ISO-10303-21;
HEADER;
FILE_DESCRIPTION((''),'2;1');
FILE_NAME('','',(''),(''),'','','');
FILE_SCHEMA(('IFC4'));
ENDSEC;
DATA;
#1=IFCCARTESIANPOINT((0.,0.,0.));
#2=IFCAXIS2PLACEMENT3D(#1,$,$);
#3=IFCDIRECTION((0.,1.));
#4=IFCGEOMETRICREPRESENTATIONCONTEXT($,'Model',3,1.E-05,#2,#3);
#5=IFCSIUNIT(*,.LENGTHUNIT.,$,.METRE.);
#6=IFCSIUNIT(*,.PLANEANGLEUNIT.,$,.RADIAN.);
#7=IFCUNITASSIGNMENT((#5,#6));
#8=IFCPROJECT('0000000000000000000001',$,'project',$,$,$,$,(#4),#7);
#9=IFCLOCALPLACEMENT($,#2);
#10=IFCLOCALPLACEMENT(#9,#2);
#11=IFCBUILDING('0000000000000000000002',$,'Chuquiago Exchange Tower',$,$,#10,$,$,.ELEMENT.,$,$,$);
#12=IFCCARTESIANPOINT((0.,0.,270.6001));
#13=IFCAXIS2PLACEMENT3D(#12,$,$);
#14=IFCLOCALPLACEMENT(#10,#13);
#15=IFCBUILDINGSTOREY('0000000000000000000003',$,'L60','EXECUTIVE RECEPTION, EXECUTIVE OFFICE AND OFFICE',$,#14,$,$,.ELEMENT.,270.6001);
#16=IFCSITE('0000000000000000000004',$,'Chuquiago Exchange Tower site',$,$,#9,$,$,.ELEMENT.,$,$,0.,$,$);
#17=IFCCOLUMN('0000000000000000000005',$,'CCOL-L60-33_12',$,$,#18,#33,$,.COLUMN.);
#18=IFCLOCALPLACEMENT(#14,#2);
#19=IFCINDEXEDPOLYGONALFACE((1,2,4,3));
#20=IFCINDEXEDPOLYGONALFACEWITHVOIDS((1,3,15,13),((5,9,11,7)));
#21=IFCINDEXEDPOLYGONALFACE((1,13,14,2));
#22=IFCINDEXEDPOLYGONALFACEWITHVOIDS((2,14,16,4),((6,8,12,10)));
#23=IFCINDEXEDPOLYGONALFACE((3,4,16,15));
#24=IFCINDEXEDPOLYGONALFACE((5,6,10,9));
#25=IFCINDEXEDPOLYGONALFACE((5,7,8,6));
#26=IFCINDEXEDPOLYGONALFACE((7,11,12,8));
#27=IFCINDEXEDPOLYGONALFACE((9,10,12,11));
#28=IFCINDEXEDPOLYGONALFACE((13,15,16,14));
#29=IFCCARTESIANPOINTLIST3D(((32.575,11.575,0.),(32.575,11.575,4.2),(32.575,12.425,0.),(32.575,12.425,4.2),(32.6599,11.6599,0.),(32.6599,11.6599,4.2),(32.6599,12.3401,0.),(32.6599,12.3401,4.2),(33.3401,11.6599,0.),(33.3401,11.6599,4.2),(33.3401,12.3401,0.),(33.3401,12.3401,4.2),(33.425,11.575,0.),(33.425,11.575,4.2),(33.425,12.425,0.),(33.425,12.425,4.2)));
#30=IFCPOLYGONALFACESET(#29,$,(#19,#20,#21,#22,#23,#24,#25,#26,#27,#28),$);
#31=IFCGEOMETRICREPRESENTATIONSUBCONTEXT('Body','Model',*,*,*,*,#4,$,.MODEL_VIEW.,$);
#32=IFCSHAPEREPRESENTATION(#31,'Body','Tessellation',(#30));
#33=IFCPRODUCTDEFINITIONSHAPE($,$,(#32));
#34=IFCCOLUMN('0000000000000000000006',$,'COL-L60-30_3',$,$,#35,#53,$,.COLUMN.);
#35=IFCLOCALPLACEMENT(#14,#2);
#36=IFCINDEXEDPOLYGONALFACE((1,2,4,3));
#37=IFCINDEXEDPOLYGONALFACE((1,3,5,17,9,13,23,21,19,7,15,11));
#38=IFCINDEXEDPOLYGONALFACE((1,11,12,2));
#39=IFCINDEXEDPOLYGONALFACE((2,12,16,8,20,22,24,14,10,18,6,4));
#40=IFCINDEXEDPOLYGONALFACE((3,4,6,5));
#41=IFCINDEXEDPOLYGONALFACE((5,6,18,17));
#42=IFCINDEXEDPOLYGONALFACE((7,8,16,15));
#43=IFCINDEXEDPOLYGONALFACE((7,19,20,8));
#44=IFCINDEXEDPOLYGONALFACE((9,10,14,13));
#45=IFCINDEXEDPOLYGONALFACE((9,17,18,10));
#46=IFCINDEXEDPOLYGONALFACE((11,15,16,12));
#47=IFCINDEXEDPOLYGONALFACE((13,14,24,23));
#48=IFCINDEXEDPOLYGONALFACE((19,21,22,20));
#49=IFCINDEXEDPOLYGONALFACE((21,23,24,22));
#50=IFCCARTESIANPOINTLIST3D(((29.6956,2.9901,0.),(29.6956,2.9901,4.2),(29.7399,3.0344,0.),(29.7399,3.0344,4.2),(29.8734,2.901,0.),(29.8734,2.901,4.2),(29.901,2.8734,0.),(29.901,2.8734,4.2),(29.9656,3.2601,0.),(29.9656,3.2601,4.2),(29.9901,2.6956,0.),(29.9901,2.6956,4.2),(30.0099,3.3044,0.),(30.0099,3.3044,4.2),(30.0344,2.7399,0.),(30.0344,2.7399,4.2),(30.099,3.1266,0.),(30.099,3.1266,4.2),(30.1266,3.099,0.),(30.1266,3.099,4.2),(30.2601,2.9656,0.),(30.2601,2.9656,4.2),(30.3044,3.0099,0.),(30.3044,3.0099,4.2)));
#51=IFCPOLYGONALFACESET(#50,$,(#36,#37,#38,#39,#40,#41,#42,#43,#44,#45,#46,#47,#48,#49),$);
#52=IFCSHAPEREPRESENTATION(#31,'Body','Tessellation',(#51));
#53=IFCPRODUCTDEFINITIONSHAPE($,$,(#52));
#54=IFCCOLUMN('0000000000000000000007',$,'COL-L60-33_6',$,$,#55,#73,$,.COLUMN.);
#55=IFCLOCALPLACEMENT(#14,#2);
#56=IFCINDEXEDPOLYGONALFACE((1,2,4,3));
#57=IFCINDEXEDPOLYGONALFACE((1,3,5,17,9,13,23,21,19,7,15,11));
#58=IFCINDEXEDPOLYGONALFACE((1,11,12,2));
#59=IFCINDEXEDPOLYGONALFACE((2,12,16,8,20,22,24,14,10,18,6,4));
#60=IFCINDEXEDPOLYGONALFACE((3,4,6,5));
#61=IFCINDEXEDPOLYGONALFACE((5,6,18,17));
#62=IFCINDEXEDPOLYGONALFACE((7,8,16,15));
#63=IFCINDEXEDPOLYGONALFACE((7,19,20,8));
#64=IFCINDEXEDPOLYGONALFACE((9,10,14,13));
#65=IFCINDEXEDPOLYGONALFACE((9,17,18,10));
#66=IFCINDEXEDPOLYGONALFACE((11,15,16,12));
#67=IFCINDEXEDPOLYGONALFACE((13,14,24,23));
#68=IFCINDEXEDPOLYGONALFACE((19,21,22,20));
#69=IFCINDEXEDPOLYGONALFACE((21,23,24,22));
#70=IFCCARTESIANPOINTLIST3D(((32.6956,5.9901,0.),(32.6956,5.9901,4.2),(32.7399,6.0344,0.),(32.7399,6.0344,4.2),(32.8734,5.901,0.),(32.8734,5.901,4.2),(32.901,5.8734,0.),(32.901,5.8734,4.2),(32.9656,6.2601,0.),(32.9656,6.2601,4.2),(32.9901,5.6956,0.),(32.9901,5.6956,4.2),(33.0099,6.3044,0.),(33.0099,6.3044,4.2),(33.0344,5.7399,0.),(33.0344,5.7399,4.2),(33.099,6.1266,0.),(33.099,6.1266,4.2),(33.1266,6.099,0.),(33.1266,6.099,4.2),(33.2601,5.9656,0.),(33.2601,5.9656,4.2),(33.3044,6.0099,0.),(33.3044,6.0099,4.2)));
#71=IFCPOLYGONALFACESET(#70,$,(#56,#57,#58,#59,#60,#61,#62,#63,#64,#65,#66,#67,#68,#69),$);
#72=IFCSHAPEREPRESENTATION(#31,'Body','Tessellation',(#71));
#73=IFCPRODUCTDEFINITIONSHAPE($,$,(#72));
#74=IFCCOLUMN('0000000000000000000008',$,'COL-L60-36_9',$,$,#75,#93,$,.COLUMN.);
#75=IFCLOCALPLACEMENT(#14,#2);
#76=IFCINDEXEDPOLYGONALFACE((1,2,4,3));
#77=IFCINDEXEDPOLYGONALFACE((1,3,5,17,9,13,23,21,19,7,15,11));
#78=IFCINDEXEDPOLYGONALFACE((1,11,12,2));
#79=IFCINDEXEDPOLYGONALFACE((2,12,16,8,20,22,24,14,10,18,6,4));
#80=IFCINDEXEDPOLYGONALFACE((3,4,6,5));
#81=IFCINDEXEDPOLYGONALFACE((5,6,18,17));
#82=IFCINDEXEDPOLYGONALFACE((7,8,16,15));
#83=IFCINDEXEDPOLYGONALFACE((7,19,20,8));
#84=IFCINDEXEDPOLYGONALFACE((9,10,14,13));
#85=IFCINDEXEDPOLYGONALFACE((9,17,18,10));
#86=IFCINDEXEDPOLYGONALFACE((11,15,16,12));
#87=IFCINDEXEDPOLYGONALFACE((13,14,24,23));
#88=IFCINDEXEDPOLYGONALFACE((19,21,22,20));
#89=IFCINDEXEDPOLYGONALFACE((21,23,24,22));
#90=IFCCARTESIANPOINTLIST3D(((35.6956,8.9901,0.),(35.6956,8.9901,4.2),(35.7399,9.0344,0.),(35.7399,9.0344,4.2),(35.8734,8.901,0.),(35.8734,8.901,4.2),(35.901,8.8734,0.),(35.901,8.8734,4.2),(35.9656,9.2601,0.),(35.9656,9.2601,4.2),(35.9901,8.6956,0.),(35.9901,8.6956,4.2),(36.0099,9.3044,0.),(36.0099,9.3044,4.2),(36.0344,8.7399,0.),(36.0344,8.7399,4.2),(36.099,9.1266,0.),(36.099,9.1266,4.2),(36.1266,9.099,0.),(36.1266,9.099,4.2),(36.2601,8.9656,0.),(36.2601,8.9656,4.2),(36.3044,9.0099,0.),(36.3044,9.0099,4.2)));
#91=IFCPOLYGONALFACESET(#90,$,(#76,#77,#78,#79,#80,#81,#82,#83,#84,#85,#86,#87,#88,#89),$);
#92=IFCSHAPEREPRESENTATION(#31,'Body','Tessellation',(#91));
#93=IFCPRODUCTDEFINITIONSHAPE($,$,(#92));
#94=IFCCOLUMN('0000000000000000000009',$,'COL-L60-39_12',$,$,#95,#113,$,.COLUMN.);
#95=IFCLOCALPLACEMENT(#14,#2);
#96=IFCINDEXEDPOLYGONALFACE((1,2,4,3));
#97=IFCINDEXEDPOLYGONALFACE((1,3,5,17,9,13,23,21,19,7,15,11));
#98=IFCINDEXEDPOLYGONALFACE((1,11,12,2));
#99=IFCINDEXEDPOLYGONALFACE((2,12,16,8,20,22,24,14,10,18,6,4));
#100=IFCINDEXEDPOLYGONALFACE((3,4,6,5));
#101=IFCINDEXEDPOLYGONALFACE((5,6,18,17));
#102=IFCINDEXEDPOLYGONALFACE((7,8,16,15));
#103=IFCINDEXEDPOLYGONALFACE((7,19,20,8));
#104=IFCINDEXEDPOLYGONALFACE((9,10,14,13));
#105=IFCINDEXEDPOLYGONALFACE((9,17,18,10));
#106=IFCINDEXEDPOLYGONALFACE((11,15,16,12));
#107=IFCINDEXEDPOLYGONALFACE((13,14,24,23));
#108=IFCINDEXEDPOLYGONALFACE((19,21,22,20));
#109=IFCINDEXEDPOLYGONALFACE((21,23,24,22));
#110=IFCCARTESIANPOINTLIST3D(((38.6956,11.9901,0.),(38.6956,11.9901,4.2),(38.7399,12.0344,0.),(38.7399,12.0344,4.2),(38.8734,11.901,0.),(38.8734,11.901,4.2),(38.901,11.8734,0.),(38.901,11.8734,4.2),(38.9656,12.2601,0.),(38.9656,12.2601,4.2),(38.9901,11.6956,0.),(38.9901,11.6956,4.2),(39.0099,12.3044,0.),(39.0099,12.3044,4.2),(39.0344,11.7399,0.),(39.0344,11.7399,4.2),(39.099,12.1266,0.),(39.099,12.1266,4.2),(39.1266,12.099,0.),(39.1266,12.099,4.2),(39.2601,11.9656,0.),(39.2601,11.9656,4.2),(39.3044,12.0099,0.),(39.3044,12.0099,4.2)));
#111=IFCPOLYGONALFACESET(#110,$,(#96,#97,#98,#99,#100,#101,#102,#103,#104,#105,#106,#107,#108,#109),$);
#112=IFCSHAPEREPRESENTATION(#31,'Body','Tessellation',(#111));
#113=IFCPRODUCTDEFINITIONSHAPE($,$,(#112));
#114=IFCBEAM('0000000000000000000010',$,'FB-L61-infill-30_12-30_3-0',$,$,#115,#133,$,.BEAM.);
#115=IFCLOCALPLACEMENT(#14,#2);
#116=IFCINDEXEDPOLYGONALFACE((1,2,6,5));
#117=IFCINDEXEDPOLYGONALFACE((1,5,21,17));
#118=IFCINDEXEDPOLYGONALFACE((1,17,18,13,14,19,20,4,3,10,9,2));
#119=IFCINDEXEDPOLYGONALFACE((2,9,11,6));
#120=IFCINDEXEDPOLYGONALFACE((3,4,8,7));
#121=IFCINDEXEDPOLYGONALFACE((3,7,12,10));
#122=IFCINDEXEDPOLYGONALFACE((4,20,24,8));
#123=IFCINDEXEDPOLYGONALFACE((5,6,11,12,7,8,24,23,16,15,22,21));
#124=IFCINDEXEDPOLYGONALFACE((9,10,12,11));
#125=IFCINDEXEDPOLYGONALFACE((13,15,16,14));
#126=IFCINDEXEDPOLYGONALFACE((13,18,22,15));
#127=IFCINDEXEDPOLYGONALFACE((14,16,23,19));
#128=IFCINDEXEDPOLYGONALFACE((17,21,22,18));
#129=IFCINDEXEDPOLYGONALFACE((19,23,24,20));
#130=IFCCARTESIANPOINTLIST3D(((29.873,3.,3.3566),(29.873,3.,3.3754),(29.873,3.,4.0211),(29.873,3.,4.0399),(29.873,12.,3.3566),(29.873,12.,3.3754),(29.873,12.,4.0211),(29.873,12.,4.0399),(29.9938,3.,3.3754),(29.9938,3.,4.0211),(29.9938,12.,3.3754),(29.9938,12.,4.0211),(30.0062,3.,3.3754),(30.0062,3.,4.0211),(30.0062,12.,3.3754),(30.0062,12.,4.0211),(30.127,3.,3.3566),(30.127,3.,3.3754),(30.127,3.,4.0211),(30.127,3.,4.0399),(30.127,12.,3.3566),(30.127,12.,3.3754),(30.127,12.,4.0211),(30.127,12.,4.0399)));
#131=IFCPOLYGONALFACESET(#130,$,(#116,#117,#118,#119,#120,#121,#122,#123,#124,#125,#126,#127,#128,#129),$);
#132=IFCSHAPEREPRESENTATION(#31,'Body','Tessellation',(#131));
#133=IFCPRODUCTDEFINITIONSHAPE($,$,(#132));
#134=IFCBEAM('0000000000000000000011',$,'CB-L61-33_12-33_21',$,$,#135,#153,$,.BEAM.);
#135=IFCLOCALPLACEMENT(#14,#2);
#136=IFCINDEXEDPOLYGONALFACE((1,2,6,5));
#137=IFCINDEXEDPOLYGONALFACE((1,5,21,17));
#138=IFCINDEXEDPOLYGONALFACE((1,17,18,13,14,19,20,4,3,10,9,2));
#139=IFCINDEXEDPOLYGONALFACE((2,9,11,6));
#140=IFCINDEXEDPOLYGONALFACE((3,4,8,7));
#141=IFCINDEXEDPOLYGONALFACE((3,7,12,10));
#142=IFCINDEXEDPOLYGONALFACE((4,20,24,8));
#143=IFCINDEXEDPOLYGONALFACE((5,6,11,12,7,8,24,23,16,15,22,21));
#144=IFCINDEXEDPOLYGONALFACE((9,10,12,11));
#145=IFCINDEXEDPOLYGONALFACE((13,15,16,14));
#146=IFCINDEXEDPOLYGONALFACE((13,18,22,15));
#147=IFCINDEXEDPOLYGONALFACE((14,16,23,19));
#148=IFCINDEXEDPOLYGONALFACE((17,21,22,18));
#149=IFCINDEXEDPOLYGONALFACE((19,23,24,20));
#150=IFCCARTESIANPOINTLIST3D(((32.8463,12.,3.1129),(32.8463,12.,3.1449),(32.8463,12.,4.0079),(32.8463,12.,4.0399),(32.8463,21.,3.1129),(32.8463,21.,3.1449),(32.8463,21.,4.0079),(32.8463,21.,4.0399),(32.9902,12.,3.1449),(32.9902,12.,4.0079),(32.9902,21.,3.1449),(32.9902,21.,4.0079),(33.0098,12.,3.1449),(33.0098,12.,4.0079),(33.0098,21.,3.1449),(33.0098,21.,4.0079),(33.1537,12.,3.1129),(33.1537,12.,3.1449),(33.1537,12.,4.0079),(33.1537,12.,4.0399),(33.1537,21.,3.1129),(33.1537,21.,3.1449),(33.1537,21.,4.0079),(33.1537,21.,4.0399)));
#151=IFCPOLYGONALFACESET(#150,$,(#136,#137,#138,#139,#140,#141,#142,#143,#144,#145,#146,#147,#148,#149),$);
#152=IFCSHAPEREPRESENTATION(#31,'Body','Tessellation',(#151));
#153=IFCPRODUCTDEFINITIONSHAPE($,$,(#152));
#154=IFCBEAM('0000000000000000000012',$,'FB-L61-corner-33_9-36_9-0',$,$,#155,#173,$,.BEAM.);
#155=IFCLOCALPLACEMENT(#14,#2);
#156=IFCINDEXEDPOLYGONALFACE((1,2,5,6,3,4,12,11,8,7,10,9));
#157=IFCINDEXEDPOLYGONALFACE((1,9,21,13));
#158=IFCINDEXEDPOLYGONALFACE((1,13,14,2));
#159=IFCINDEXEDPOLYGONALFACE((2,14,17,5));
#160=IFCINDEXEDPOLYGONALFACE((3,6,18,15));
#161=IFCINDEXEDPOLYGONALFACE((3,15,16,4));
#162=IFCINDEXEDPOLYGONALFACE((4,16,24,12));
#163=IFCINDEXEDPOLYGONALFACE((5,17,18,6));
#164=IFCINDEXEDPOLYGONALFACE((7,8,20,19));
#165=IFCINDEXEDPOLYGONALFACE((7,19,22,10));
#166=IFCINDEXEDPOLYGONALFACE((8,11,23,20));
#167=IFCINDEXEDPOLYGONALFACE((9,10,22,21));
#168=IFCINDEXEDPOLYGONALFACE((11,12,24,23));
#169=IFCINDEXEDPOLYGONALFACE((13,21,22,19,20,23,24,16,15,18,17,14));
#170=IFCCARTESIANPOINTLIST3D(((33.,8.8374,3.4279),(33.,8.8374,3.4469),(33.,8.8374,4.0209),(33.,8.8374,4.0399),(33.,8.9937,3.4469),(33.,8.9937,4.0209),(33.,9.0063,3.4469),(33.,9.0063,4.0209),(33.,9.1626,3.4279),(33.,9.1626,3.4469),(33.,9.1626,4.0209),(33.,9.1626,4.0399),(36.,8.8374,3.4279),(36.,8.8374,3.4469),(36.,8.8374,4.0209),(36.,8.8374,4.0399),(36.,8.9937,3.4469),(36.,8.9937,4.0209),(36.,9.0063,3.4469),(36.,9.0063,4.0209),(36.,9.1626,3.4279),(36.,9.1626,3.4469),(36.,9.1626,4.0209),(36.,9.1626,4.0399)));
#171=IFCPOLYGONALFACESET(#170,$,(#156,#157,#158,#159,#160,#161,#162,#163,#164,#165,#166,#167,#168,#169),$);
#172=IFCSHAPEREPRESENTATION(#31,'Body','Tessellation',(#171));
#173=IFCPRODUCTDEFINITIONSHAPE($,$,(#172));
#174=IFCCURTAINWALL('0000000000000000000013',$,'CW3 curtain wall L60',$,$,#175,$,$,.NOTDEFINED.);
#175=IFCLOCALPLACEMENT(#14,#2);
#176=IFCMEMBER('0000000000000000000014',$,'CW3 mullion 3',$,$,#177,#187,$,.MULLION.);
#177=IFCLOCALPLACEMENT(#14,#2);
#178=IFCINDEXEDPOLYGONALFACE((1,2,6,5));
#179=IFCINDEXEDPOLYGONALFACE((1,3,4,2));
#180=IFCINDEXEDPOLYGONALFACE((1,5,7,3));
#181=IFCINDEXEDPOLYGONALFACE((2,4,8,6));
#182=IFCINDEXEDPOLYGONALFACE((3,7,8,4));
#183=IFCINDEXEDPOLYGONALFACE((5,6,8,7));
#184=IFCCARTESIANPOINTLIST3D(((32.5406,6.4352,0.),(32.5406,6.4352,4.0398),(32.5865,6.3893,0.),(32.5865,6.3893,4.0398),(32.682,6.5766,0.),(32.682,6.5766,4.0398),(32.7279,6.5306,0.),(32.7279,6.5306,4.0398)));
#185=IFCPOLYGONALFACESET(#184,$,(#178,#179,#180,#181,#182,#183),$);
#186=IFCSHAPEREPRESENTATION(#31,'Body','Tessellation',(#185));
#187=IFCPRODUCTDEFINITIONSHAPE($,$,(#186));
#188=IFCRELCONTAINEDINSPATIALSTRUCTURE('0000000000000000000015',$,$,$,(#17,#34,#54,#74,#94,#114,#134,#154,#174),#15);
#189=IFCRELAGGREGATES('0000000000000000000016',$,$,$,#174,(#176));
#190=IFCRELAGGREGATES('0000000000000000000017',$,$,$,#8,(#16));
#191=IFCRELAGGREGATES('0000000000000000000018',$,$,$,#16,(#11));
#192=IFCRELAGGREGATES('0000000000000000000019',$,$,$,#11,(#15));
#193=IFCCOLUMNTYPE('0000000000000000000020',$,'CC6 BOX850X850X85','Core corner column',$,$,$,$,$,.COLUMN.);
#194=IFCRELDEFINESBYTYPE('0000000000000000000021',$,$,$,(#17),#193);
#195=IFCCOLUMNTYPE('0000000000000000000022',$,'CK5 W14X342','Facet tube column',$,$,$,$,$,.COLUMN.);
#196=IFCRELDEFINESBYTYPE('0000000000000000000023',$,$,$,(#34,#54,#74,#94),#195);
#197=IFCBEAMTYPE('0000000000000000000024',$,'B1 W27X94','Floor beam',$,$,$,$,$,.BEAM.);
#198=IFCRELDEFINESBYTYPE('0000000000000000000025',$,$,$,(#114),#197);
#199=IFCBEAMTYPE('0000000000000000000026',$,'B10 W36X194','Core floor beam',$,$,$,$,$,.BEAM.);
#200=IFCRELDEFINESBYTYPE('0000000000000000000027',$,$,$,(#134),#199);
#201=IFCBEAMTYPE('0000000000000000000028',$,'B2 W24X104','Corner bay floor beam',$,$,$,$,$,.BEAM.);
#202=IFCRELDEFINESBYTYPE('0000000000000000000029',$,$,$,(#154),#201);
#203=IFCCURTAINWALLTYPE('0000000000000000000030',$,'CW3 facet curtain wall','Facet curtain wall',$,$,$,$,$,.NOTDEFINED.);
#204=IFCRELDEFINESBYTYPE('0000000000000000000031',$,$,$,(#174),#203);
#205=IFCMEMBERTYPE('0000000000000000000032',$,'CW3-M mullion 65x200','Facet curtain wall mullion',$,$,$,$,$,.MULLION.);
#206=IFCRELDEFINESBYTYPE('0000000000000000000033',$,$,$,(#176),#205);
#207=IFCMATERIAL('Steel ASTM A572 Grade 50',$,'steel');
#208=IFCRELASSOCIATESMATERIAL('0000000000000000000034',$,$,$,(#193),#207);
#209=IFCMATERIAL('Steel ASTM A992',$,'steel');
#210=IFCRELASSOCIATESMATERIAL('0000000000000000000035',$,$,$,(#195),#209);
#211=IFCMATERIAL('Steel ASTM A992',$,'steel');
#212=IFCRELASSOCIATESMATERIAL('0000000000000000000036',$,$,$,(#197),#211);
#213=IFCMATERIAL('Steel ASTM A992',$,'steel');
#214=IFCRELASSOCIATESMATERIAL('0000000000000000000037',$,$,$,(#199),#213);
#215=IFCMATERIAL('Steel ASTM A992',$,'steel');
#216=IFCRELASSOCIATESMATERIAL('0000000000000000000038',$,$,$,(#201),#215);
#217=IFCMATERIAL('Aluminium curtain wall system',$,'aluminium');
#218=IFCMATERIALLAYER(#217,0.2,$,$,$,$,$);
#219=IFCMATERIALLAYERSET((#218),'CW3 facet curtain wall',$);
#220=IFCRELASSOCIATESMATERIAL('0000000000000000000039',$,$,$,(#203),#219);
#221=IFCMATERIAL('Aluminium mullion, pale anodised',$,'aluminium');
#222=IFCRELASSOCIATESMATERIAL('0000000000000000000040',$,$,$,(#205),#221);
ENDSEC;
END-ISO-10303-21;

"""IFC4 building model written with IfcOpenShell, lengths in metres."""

from ifc_helpers import new_model, si_unit, direction, frame, origin, origin_2d, place, context, subcontext, project, spatial, rectangle, hollow_rectangle, i_section, extrude, material, layer, layer_set, material_profile, profile_set, type_object, element, aggregate, save


model = new_model("IFC4")

# Units and contexts
model_context = context("Model", 3, precision=1e-05, world=origin(), true_north=direction((0.0, 1.0)))
body_context = subcontext(model_context, "Body", "Model", "MODEL_VIEW")
ifc_project = project(units=[si_unit("LENGTHUNIT", "METRE"), si_unit("PLANEANGLEUNIT", "RADIAN")], contexts=[model_context])

# Site, building, storey
site_placement = place(None, origin())
site = spatial("IfcSite", under=ifc_project, at=site_placement, Name="Chuquiago Exchange Tower site", CompositionType="ELEMENT", RefElevation=0.0)
building_placement = place(site_placement, origin())
building = spatial("IfcBuilding", under=site, at=building_placement, Name="Chuquiago Exchange Tower", CompositionType="ELEMENT")
storey_placement = place(building_placement, frame((0.0, 0.0, 270.6001)))
storey = spatial("IfcBuildingStorey", under=building, at=storey_placement, Name="L60", Description="EXECUTIVE RECEPTION, EXECUTIVE OFFICE AND OFFICE", CompositionType="ELEMENT", Elevation=270.6001)

# Columns
ifc_material_1 = material(Name="Steel ASTM A572 Grade 50", Category="steel")
ifc_material_profile_1 = material_profile(ifc_material_1, hollow_rectangle(XDim=0.8501, YDim=0.8501, WallThickness=0.085, at=origin_2d()), Name="BOX850X850X85")
ifc_profile_set_1 = profile_set([ifc_material_profile_1], Name="Steel ASTM A572 Grade 50")
column_type_1 = type_object("IfcColumnType", Name="CC6 BOX850X850X85", Description="Core corner column", PredefinedType="COLUMN", material=ifc_profile_set_1)
column_placement = place(storey_placement, frame((33.0, 12.0, 0.0), z_axis=(0.0, 0.0, 1.0), x_axis=(1.0, 0.0, 0.0)))
element("IfcColumn", 1, at=column_placement, inside=storey, type_object=column_type_1, Name="CCOL-L60-33_12", PredefinedType="COLUMN", context=body_context, shape_type="SweptSolid", body=[
    extrude(hollow_rectangle(XDim=0.8501, YDim=0.8501, WallThickness=0.085, at=origin_2d()), origin(), (0.0, 0.0, 1.0), 4.2),
])
ifc_material_2 = material(Name="Steel ASTM A992", Category="steel")
ifc_material_profile_2 = material_profile(ifc_material_2, i_section(OverallWidth=0.4165, OverallDepth=0.4446, WebThickness=0.0391, FlangeThickness=0.0627, at=origin_2d()), Name="W14X342")
ifc_profile_set_2 = profile_set([ifc_material_profile_2], Name="Steel ASTM A992")
column_type_2 = type_object("IfcColumnType", Name="CK5 W14X342", Description="Facet tube column", PredefinedType="COLUMN", material=ifc_profile_set_2)
for number, where, z_axis, x_axis, name in (
    (2, (30.0, 3.0, 0.0), (0.0, 0.0, 1.0), (0.707107, -0.707107, 0.0), "COL-L60-30_3"),
    (3, (33.0, 6.0, 0.0), (0.0, 0.0, 1.0), (0.707107, -0.707107, 0.0), "COL-L60-33_6"),
    (4, (36.0, 9.0, 0.0), (0.0, 0.0, 1.0), (0.707107, -0.707107, 0.0), "COL-L60-36_9"),
    (5, (39.0, 12.0, 0.0), (0.0, 0.0, 1.0), (0.707107, -0.707107, 0.0), "COL-L60-39_12"),
):
    element("IfcColumn", number, at=place(storey_placement, frame(where, z_axis=z_axis, x_axis=x_axis)), inside=storey, type_object=column_type_2, Name=name, PredefinedType="COLUMN", context=body_context, shape_type="SweptSolid", body=[
        extrude(i_section(OverallWidth=0.4165, OverallDepth=0.4446, WebThickness=0.0391, FlangeThickness=0.0627, at=origin_2d()), origin(), (0.0, 0.0, 1.0), 4.2),
    ])

# Beams
ifc_material_3 = material(Name="Steel ASTM A992", Category="steel")
ifc_material_profile_3 = material_profile(ifc_material_3, i_section(OverallWidth=0.2539, OverallDepth=0.6833, WebThickness=0.0125, FlangeThickness=0.0188, at=origin_2d()), Name="W27X94")
ifc_profile_set_3 = profile_set([ifc_material_profile_3], Name="Steel ASTM A992")
beam_type_1 = type_object("IfcBeamType", Name="B1 W27X94", Description="Floor beam", PredefinedType="BEAM", material=ifc_profile_set_3)
beam_1_placement = place(storey_placement, frame((30.0, 12.0, 3.6982), z_axis=(0.0, -1.0, 0.0), x_axis=(1.0, 0.0, 0.0)))
element("IfcBeam", 6, at=beam_1_placement, inside=storey, type_object=beam_type_1, Name="FB-L61-infill-30_12-30_3-0", PredefinedType="BEAM", context=body_context, shape_type="SweptSolid", body=[
    extrude(i_section(OverallWidth=0.2539, OverallDepth=0.6833, WebThickness=0.0125, FlangeThickness=0.0188, at=origin_2d()), origin(), (0.0, 0.0, 1.0), 9.0),
])
ifc_material_4 = material(Name="Steel ASTM A992", Category="steel")
ifc_material_profile_4 = material_profile(ifc_material_4, i_section(OverallWidth=0.3074, OverallDepth=0.927, WebThickness=0.0195, FlangeThickness=0.032, at=origin_2d()), Name="W36X194")
ifc_profile_set_4 = profile_set([ifc_material_profile_4], Name="Steel ASTM A992")
beam_type_2 = type_object("IfcBeamType", Name="B10 W36X194", Description="Core floor beam", PredefinedType="BEAM", material=ifc_profile_set_4)
beam_2_placement = place(storey_placement, frame((33.0, 12.0, 3.5764), z_axis=(0.0, 1.0, 0.0), x_axis=(-1.0, 0.0, 0.0)))
element("IfcBeam", 7, at=beam_2_placement, inside=storey, type_object=beam_type_2, Name="CB-L61-33_12-33_21", PredefinedType="BEAM", context=body_context, shape_type="SweptSolid", body=[
    extrude(i_section(OverallWidth=0.3074, OverallDepth=0.927, WebThickness=0.0195, FlangeThickness=0.032, at=origin_2d()), origin(), (0.0, 0.0, 1.0), 9.0),
])
ifc_material_5 = material(Name="Steel ASTM A992", Category="steel")
ifc_material_profile_5 = material_profile(ifc_material_5, i_section(OverallWidth=0.3252, OverallDepth=0.6121, WebThickness=0.0127, FlangeThickness=0.019, at=origin_2d()), Name="W24X104")
ifc_profile_set_5 = profile_set([ifc_material_profile_5], Name="Steel ASTM A992")
beam_type_3 = type_object("IfcBeamType", Name="B2 W24X104", Description="Corner bay floor beam", PredefinedType="BEAM", material=ifc_profile_set_5)
beam_3_placement = place(storey_placement, frame((33.0, 9.0, 3.7339), z_axis=(1.0, 0.0, 0.0), x_axis=(0.0, 1.0, 0.0)))
element("IfcBeam", 8, at=beam_3_placement, inside=storey, type_object=beam_type_3, Name="FB-L61-corner-33_9-36_9-0", PredefinedType="BEAM", context=body_context, shape_type="SweptSolid", body=[
    extrude(i_section(OverallWidth=0.3252, OverallDepth=0.6121, WebThickness=0.0127, FlangeThickness=0.019, at=origin_2d()), origin(), (0.0, 0.0, 1.0), 3.0),
])

# Curtain wall, member
ifc_material_6 = material(Name="Aluminium curtain wall system", Category="aluminium")
ifc_layer_1 = layer(ifc_material_6, 0.2)
ifc_layer_set_1 = layer_set([ifc_layer_1], Name="CW3 facet curtain wall")
curtain_wall_type = type_object("IfcCurtainWallType", Name="CW3 facet curtain wall", Description="Facet curtain wall", PredefinedType="NOTDEFINED", material=ifc_layer_set_1)
curtain_wall_placement = place(storey_placement, origin())
curtain_wall = element("IfcCurtainWall", 9, at=curtain_wall_placement, inside=storey, type_object=curtain_wall_type, Name="CW3 curtain wall L60", PredefinedType="NOTDEFINED")
ifc_material_7 = material(Name="Aluminium mullion, pale anodised", Category="aluminium")
ifc_material_profile_6 = material_profile(ifc_material_7, rectangle(XDim=0.0649, YDim=0.2, at=origin_2d()), Name="AL 65x200")
ifc_profile_set_6 = profile_set([ifc_material_profile_6], Name="Aluminium mullion, pale anodised")
member_type_1 = type_object("IfcMemberType", Name="CW3-M mullion 65x200", Description="Facet curtain wall mullion", PredefinedType="MULLION", material=ifc_profile_set_6)
member_1_placement = place(storey_placement, frame((32.6343, 6.4829, 0.0), z_axis=(0.0, 0.0, 1.0), x_axis=(-0.707107, 0.707107, 0.0)))
member_1 = element("IfcMember", 10, at=member_1_placement, type_object=member_type_1, Name="CW3 mullion 3", PredefinedType="MULLION", context=body_context, shape_type="SweptSolid", body=[
    extrude(rectangle(XDim=0.0649, YDim=0.2, at=origin_2d()), origin(), (0.0, 0.0, 1.0), 4.0398),
])

aggregate(curtain_wall, [member_1])

save(model, "model.ifc")
